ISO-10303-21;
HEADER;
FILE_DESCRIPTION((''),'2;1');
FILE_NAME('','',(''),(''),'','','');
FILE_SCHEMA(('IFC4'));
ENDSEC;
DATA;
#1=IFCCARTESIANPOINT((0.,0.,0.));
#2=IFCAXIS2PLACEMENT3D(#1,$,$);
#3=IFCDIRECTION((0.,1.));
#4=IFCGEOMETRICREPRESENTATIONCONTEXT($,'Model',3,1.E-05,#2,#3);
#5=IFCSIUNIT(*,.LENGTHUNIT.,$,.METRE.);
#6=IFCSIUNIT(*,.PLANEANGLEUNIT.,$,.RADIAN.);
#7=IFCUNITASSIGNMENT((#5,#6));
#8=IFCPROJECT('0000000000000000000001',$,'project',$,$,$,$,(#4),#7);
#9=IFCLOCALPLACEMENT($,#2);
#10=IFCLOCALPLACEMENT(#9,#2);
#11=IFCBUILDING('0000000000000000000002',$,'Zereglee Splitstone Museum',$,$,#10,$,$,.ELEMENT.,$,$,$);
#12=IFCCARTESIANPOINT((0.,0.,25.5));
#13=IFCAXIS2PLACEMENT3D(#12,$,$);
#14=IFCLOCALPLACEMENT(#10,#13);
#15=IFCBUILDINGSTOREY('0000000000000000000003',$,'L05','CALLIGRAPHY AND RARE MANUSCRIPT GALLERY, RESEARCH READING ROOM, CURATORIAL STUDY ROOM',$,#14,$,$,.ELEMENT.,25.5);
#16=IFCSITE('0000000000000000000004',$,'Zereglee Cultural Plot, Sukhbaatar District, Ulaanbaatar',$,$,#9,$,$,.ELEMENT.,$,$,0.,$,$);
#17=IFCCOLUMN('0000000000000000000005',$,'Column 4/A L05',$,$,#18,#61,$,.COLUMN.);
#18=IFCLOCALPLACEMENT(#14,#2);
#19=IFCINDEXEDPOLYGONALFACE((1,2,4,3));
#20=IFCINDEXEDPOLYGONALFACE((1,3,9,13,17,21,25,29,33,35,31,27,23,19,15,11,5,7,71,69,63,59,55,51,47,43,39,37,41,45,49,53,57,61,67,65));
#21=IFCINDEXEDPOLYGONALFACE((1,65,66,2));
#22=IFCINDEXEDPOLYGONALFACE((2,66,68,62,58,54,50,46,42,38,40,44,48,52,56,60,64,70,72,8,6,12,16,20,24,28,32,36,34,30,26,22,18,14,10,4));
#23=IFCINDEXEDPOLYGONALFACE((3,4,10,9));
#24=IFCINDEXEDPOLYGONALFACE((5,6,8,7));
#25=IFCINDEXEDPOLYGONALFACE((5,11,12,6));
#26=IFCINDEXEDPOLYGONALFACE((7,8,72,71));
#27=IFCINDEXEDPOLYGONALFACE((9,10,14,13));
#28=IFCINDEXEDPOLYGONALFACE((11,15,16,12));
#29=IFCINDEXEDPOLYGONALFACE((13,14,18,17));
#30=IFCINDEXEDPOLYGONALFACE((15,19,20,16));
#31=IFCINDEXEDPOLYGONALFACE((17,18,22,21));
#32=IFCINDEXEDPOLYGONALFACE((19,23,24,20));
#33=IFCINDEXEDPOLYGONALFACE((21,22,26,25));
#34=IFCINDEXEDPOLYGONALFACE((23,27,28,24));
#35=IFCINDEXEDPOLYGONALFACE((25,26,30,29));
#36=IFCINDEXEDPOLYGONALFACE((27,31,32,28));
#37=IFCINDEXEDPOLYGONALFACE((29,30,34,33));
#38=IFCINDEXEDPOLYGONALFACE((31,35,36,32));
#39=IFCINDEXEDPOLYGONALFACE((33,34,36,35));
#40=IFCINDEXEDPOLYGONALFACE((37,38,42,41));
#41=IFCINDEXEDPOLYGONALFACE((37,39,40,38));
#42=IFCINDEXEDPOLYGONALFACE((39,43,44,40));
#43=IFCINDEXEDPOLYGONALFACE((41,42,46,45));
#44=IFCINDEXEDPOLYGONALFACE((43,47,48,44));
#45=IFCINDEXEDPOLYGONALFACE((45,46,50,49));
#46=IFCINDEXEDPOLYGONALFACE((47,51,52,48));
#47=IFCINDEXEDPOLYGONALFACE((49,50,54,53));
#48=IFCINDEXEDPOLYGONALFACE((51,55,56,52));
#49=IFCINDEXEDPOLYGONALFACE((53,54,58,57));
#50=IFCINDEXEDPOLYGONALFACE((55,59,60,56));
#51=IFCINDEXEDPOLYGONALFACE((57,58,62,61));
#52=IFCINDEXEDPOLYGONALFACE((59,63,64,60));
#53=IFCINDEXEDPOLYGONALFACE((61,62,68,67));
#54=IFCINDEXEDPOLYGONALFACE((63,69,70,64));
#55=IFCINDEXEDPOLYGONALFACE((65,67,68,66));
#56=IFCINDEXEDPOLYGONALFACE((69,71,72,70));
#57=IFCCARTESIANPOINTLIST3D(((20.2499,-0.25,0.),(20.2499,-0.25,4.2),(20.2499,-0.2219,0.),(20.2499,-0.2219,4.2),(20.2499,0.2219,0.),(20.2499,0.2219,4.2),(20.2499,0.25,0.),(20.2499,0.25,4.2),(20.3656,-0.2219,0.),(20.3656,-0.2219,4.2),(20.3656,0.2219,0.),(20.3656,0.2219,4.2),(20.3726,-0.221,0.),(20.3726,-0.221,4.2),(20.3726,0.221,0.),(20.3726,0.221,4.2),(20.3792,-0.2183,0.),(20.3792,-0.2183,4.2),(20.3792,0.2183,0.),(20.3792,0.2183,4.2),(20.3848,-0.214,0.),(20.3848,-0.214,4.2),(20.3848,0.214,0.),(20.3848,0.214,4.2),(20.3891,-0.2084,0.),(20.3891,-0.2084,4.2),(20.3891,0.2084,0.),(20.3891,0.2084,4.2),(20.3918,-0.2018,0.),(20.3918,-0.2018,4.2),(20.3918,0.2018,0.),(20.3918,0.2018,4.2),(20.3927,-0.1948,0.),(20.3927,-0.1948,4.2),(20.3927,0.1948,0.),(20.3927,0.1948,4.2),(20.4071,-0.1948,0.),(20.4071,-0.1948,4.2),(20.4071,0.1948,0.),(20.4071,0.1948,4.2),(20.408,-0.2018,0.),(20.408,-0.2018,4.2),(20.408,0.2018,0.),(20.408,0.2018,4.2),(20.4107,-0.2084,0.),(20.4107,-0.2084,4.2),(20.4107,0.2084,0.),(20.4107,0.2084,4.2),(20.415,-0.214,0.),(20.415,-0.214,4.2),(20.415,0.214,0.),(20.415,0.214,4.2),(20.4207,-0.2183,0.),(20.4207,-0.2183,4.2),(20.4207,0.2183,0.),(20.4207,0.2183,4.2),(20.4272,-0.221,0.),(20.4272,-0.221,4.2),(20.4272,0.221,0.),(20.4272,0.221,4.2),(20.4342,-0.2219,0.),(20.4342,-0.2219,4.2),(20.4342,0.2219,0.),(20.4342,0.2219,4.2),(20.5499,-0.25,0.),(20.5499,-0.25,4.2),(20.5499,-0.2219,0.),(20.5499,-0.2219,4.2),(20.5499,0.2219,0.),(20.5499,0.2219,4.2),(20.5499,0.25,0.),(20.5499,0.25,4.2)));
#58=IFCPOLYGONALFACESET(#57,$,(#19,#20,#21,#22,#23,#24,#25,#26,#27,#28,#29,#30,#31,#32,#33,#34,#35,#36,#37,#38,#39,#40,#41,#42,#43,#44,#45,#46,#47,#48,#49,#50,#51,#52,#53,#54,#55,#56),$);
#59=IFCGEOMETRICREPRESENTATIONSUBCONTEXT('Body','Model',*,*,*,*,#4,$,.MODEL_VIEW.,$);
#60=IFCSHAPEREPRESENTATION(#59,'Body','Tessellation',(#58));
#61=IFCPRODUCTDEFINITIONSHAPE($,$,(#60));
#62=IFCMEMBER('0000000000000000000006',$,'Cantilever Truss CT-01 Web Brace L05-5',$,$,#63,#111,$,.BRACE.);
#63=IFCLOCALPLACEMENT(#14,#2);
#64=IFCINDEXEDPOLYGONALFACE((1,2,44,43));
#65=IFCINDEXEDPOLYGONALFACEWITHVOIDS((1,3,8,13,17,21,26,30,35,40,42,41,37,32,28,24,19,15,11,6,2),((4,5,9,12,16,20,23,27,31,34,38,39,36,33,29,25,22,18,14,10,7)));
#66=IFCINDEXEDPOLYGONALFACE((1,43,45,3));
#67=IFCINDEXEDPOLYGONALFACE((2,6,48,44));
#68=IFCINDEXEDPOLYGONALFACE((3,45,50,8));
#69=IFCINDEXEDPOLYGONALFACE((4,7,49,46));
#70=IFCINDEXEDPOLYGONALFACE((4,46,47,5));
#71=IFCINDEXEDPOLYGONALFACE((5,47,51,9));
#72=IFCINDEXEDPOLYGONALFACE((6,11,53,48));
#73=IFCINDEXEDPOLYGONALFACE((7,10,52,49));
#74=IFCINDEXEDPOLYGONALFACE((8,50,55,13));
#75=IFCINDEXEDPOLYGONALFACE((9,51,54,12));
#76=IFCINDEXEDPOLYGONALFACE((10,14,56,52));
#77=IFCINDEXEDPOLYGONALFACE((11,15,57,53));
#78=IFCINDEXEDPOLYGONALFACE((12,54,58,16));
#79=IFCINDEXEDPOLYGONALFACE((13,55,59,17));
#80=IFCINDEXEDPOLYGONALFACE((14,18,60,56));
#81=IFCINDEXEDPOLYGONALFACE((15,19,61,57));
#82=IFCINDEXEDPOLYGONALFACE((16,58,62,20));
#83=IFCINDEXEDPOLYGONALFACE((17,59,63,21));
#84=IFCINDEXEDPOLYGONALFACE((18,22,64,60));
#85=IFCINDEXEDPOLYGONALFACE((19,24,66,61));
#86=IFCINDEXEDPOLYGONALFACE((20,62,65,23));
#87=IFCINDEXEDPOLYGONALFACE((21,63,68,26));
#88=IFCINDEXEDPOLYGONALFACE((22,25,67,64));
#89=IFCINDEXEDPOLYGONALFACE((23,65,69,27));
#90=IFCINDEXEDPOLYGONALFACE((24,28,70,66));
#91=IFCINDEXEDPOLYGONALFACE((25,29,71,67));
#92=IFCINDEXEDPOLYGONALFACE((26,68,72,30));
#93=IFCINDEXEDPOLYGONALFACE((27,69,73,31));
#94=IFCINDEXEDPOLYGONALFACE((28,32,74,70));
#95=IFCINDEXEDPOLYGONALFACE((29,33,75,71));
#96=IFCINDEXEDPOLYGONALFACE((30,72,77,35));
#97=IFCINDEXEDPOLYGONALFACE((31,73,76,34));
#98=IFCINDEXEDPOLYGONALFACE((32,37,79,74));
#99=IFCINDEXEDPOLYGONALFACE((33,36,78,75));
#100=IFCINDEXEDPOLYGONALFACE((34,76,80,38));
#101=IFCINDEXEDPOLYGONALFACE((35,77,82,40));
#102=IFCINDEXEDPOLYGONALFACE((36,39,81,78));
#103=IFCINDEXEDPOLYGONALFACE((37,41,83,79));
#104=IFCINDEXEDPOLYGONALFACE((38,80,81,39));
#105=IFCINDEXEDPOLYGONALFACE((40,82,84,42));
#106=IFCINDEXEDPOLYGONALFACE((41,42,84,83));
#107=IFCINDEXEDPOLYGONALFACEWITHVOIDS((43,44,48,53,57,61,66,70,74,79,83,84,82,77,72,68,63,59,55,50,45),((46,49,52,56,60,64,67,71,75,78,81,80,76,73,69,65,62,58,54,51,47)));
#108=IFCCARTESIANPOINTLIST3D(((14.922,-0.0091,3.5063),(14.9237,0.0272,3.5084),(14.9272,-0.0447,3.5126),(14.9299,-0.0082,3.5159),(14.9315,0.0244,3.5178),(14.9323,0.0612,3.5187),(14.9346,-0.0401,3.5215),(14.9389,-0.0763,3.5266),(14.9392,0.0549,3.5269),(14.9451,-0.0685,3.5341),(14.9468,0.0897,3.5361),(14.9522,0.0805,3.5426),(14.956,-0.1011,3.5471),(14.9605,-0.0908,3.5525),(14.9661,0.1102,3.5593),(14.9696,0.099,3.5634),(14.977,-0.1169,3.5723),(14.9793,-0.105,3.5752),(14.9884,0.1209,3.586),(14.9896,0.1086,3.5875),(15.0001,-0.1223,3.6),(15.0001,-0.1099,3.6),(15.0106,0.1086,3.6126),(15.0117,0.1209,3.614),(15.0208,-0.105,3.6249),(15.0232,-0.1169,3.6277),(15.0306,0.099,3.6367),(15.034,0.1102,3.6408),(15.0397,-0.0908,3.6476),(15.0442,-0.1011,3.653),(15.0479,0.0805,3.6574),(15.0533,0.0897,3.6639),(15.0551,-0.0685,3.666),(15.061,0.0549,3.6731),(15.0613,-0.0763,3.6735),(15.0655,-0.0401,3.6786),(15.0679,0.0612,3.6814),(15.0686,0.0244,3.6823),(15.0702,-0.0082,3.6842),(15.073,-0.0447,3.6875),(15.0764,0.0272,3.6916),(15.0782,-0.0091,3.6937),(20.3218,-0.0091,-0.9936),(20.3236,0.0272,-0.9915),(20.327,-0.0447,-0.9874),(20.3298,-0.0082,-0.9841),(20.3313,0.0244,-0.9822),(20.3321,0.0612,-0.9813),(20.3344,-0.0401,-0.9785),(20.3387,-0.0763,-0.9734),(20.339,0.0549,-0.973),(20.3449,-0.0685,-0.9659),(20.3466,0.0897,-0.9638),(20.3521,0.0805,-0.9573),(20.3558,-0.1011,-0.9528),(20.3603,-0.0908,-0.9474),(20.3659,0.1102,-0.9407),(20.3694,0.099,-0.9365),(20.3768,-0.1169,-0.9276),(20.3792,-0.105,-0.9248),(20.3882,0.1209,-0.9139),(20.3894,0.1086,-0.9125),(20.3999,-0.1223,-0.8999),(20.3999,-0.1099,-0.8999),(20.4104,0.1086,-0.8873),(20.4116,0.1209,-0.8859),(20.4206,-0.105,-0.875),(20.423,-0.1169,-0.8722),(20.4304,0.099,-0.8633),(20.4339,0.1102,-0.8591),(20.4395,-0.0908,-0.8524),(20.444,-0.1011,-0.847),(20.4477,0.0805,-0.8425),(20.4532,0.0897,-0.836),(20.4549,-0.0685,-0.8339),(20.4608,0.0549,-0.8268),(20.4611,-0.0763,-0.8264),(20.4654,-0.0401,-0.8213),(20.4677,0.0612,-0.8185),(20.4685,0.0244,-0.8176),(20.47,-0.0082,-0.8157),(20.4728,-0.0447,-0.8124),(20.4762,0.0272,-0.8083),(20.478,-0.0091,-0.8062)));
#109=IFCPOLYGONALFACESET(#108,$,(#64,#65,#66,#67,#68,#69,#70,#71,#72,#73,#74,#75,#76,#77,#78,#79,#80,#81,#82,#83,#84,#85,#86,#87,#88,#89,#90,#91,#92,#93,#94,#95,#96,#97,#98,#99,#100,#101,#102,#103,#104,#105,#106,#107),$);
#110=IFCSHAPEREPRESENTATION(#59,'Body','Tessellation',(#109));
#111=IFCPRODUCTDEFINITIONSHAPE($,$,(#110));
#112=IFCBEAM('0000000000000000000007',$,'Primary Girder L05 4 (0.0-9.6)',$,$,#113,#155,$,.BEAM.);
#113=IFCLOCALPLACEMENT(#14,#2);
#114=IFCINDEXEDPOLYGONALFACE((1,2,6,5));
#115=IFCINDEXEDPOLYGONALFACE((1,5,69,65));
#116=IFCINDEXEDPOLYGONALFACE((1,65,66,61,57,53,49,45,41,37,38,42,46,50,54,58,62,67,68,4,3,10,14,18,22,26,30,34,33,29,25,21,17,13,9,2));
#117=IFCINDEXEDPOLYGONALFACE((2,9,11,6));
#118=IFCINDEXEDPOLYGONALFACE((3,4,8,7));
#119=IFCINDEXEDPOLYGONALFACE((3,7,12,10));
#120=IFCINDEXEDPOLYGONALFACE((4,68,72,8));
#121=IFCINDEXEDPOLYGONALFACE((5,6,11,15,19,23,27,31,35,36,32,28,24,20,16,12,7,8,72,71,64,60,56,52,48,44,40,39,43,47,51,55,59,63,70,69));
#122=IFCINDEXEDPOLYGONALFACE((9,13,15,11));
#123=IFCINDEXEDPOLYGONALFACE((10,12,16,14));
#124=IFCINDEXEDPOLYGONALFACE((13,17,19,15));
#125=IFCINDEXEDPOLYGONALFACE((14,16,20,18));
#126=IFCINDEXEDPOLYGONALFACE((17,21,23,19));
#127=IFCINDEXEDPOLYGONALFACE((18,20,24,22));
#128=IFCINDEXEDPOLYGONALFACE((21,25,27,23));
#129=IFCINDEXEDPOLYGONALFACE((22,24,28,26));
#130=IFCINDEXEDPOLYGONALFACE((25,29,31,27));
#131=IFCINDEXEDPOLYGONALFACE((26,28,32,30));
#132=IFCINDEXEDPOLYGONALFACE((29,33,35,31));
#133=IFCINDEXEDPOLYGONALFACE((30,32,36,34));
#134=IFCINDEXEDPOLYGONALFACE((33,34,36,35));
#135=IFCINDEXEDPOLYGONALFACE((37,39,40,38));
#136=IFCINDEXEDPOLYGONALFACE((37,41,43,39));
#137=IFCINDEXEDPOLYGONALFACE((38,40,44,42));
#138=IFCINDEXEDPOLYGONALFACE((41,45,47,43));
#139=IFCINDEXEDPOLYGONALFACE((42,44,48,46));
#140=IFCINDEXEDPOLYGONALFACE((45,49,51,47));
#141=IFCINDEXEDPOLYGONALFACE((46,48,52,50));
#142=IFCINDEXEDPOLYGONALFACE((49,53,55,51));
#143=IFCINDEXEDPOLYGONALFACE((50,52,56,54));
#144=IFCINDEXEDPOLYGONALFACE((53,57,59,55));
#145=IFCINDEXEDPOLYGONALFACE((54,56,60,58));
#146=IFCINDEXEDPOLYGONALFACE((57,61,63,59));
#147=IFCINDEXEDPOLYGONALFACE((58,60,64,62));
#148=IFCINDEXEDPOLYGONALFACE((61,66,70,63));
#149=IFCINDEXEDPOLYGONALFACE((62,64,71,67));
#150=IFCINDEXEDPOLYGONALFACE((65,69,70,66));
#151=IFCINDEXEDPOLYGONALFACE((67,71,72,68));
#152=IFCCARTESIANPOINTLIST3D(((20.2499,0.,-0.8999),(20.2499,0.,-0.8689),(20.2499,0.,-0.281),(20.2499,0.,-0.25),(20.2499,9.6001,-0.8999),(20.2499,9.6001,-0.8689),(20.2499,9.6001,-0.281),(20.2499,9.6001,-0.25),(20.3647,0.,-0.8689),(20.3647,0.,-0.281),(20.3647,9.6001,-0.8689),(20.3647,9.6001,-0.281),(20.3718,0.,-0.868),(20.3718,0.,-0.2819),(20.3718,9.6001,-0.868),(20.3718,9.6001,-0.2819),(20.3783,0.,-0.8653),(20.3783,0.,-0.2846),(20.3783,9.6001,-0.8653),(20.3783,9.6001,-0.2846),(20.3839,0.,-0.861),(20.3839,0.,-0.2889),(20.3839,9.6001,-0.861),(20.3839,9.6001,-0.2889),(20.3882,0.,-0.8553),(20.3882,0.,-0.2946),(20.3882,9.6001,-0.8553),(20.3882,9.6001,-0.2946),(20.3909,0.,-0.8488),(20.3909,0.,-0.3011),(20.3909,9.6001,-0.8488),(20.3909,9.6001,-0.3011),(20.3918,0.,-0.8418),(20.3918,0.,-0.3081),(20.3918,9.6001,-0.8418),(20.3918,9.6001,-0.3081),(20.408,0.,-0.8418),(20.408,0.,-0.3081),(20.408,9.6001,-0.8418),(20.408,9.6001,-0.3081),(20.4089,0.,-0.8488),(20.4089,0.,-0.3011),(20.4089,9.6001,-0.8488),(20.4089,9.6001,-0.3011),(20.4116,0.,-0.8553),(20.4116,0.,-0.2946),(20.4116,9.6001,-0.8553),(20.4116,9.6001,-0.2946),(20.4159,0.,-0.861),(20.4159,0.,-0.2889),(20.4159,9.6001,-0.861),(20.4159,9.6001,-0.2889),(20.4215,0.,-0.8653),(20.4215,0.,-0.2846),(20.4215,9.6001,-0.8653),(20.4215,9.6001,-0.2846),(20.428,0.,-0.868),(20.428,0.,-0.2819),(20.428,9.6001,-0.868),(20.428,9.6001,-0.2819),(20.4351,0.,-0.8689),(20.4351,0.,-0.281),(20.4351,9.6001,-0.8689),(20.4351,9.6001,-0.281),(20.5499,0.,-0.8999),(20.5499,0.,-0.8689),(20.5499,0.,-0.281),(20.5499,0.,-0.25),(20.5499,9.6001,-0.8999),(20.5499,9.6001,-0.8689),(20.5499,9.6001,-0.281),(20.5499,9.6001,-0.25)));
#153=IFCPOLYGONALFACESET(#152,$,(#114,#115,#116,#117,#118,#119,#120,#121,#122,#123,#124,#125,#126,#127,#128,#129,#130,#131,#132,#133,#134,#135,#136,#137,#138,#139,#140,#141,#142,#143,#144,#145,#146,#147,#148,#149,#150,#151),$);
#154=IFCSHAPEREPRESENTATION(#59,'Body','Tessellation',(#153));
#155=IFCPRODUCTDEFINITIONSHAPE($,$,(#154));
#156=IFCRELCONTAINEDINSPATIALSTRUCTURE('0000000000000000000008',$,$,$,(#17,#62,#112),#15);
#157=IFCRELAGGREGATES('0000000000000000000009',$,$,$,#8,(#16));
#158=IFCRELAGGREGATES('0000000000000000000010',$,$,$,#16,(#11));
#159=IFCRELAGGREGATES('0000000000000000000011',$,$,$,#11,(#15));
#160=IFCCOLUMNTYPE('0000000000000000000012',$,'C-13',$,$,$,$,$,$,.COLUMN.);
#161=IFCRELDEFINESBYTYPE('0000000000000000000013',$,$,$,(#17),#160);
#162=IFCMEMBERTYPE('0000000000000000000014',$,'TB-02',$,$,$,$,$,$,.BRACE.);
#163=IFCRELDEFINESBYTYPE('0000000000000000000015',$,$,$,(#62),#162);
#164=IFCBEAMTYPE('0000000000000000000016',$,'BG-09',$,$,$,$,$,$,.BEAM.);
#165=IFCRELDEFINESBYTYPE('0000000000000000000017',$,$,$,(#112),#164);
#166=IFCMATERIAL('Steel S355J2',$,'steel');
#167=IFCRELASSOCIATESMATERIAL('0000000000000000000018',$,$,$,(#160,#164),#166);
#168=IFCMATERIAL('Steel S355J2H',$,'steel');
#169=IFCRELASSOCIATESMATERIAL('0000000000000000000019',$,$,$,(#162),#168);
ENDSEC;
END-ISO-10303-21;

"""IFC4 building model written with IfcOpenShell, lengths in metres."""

from ifc_helpers import new_model, si_unit, direction, frame, origin, origin_2d, place, context, subcontext, project, spatial, hollow_circle, i_section, extrude, material, material_profile, profile_set, type_object, element, save


model = new_model("IFC4")

# Units and contexts
model_context = context("Model", 3, precision=1e-05, world=origin(), true_north=direction((0.0, 1.0)))
body_context = subcontext(model_context, "Body", "Model", "MODEL_VIEW")
ifc_project = project(units=[si_unit("LENGTHUNIT", "METRE"), si_unit("PLANEANGLEUNIT", "RADIAN")], contexts=[model_context])

# Site, building, storey
site_placement = place(None, origin())
site = spatial("IfcSite", under=ifc_project, at=site_placement, Name="Zereglee Cultural Plot, Sukhbaatar District, Ulaanbaatar", CompositionType="ELEMENT", RefElevation=0.0)
building_placement = place(site_placement, origin())
building = spatial("IfcBuilding", under=site, at=building_placement, Name="Zereglee Splitstone Museum", CompositionType="ELEMENT")
storey_placement = place(building_placement, frame((0.0, 0.0, 25.5)))
storey = spatial("IfcBuildingStorey", under=building, at=storey_placement, Name="L05", Description="CALLIGRAPHY AND RARE MANUSCRIPT GALLERY, RESEARCH READING ROOM, CURATORIAL STUDY ROOM", CompositionType="ELEMENT", Elevation=25.5)

# Column
ifc_material_1 = material(Name="Steel S355J2", Category="steel")
ifc_material_profile_1 = material_profile(ifc_material_1, i_section(OverallWidth=0.3, OverallDepth=0.5, WebThickness=0.0144, FlangeThickness=0.0281, FilletRadius=0.0271, at=origin_2d()), Name="HE 500 B")
ifc_profile_set_1 = profile_set([ifc_material_profile_1], Name="Steel S355J2")
column_type = type_object("IfcColumnType", Name="C-13", PredefinedType="COLUMN", material=ifc_profile_set_1)
column_placement = place(storey_placement, frame((20.3999, 0.0, 0.0), z_axis=(0.0, 0.0, 1.0), x_axis=(1.0, 0.0, 0.0)))
element("IfcColumn", 1, at=column_placement, inside=storey, type_object=column_type, Name="Column 4/A L05", PredefinedType="COLUMN", context=body_context, shape_type="SweptSolid", body=[
    extrude(i_section(OverallWidth=0.3, OverallDepth=0.5, WebThickness=0.0144, FlangeThickness=0.0281, FilletRadius=0.0271, at=origin_2d()), origin(), (0.0, 0.0, 1.0), 4.2),
])

# Member
ifc_material_2 = material(Name="Steel S355J2H", Category="steel")
ifc_material_profile_2 = material_profile(ifc_material_2, hollow_circle(Radius=0.1223, WallThickness=0.0125, at=origin_2d()), Name="CHS 244.5x12.5")
ifc_profile_set_2 = profile_set([ifc_material_profile_2], Name="Steel S355J2H")
member_type_1 = type_object("IfcMemberType", Name="TB-02", PredefinedType="BRACE", material=ifc_profile_set_2)
member_1_placement = place(storey_placement, frame((20.3999, 0.0, -0.8999), z_axis=(-0.768216, 0.0, 0.640191), x_axis=(0.0, -1.0, 0.0)))
element("IfcMember", 2, at=member_1_placement, inside=storey, type_object=member_type_1, Name="Cantilever Truss CT-01 Web Brace L05-5", PredefinedType="BRACE", context=body_context, shape_type="SweptSolid", body=[
    extrude(hollow_circle(Radius=0.1223, WallThickness=0.0125, at=origin_2d()), origin(), (0.0, 0.0, 1.0), 7.0291),
])

# Beam
ifc_material_profile_3 = material_profile(ifc_material_1, i_section(OverallWidth=0.3, OverallDepth=0.6499, WebThickness=0.0161, FlangeThickness=0.031, FilletRadius=0.0271, at=origin_2d()), Name="HE 650 B")
ifc_profile_set_3 = profile_set([ifc_material_profile_3], Name="Steel S355J2")
beam_type_1 = type_object("IfcBeamType", Name="BG-09", PredefinedType="BEAM", material=ifc_profile_set_3)
beam_1_placement = place(storey_placement, frame((20.3999, 0.0, -0.575), z_axis=(0.0, 1.0, 0.0), x_axis=(-1.0, 0.0, 0.0)))
element("IfcBeam", 3, at=beam_1_placement, inside=storey, type_object=beam_type_1, Name="Primary Girder L05 4 (0.0-9.6)", PredefinedType="BEAM", context=body_context, shape_type="SweptSolid", body=[
    extrude(i_section(OverallWidth=0.3, OverallDepth=0.6499, WebThickness=0.0161, FlangeThickness=0.031, FilletRadius=0.0271, at=origin_2d()), origin(), (0.0, 0.0, 1.0), 9.6001),
])

save(model, "model.ifc")
